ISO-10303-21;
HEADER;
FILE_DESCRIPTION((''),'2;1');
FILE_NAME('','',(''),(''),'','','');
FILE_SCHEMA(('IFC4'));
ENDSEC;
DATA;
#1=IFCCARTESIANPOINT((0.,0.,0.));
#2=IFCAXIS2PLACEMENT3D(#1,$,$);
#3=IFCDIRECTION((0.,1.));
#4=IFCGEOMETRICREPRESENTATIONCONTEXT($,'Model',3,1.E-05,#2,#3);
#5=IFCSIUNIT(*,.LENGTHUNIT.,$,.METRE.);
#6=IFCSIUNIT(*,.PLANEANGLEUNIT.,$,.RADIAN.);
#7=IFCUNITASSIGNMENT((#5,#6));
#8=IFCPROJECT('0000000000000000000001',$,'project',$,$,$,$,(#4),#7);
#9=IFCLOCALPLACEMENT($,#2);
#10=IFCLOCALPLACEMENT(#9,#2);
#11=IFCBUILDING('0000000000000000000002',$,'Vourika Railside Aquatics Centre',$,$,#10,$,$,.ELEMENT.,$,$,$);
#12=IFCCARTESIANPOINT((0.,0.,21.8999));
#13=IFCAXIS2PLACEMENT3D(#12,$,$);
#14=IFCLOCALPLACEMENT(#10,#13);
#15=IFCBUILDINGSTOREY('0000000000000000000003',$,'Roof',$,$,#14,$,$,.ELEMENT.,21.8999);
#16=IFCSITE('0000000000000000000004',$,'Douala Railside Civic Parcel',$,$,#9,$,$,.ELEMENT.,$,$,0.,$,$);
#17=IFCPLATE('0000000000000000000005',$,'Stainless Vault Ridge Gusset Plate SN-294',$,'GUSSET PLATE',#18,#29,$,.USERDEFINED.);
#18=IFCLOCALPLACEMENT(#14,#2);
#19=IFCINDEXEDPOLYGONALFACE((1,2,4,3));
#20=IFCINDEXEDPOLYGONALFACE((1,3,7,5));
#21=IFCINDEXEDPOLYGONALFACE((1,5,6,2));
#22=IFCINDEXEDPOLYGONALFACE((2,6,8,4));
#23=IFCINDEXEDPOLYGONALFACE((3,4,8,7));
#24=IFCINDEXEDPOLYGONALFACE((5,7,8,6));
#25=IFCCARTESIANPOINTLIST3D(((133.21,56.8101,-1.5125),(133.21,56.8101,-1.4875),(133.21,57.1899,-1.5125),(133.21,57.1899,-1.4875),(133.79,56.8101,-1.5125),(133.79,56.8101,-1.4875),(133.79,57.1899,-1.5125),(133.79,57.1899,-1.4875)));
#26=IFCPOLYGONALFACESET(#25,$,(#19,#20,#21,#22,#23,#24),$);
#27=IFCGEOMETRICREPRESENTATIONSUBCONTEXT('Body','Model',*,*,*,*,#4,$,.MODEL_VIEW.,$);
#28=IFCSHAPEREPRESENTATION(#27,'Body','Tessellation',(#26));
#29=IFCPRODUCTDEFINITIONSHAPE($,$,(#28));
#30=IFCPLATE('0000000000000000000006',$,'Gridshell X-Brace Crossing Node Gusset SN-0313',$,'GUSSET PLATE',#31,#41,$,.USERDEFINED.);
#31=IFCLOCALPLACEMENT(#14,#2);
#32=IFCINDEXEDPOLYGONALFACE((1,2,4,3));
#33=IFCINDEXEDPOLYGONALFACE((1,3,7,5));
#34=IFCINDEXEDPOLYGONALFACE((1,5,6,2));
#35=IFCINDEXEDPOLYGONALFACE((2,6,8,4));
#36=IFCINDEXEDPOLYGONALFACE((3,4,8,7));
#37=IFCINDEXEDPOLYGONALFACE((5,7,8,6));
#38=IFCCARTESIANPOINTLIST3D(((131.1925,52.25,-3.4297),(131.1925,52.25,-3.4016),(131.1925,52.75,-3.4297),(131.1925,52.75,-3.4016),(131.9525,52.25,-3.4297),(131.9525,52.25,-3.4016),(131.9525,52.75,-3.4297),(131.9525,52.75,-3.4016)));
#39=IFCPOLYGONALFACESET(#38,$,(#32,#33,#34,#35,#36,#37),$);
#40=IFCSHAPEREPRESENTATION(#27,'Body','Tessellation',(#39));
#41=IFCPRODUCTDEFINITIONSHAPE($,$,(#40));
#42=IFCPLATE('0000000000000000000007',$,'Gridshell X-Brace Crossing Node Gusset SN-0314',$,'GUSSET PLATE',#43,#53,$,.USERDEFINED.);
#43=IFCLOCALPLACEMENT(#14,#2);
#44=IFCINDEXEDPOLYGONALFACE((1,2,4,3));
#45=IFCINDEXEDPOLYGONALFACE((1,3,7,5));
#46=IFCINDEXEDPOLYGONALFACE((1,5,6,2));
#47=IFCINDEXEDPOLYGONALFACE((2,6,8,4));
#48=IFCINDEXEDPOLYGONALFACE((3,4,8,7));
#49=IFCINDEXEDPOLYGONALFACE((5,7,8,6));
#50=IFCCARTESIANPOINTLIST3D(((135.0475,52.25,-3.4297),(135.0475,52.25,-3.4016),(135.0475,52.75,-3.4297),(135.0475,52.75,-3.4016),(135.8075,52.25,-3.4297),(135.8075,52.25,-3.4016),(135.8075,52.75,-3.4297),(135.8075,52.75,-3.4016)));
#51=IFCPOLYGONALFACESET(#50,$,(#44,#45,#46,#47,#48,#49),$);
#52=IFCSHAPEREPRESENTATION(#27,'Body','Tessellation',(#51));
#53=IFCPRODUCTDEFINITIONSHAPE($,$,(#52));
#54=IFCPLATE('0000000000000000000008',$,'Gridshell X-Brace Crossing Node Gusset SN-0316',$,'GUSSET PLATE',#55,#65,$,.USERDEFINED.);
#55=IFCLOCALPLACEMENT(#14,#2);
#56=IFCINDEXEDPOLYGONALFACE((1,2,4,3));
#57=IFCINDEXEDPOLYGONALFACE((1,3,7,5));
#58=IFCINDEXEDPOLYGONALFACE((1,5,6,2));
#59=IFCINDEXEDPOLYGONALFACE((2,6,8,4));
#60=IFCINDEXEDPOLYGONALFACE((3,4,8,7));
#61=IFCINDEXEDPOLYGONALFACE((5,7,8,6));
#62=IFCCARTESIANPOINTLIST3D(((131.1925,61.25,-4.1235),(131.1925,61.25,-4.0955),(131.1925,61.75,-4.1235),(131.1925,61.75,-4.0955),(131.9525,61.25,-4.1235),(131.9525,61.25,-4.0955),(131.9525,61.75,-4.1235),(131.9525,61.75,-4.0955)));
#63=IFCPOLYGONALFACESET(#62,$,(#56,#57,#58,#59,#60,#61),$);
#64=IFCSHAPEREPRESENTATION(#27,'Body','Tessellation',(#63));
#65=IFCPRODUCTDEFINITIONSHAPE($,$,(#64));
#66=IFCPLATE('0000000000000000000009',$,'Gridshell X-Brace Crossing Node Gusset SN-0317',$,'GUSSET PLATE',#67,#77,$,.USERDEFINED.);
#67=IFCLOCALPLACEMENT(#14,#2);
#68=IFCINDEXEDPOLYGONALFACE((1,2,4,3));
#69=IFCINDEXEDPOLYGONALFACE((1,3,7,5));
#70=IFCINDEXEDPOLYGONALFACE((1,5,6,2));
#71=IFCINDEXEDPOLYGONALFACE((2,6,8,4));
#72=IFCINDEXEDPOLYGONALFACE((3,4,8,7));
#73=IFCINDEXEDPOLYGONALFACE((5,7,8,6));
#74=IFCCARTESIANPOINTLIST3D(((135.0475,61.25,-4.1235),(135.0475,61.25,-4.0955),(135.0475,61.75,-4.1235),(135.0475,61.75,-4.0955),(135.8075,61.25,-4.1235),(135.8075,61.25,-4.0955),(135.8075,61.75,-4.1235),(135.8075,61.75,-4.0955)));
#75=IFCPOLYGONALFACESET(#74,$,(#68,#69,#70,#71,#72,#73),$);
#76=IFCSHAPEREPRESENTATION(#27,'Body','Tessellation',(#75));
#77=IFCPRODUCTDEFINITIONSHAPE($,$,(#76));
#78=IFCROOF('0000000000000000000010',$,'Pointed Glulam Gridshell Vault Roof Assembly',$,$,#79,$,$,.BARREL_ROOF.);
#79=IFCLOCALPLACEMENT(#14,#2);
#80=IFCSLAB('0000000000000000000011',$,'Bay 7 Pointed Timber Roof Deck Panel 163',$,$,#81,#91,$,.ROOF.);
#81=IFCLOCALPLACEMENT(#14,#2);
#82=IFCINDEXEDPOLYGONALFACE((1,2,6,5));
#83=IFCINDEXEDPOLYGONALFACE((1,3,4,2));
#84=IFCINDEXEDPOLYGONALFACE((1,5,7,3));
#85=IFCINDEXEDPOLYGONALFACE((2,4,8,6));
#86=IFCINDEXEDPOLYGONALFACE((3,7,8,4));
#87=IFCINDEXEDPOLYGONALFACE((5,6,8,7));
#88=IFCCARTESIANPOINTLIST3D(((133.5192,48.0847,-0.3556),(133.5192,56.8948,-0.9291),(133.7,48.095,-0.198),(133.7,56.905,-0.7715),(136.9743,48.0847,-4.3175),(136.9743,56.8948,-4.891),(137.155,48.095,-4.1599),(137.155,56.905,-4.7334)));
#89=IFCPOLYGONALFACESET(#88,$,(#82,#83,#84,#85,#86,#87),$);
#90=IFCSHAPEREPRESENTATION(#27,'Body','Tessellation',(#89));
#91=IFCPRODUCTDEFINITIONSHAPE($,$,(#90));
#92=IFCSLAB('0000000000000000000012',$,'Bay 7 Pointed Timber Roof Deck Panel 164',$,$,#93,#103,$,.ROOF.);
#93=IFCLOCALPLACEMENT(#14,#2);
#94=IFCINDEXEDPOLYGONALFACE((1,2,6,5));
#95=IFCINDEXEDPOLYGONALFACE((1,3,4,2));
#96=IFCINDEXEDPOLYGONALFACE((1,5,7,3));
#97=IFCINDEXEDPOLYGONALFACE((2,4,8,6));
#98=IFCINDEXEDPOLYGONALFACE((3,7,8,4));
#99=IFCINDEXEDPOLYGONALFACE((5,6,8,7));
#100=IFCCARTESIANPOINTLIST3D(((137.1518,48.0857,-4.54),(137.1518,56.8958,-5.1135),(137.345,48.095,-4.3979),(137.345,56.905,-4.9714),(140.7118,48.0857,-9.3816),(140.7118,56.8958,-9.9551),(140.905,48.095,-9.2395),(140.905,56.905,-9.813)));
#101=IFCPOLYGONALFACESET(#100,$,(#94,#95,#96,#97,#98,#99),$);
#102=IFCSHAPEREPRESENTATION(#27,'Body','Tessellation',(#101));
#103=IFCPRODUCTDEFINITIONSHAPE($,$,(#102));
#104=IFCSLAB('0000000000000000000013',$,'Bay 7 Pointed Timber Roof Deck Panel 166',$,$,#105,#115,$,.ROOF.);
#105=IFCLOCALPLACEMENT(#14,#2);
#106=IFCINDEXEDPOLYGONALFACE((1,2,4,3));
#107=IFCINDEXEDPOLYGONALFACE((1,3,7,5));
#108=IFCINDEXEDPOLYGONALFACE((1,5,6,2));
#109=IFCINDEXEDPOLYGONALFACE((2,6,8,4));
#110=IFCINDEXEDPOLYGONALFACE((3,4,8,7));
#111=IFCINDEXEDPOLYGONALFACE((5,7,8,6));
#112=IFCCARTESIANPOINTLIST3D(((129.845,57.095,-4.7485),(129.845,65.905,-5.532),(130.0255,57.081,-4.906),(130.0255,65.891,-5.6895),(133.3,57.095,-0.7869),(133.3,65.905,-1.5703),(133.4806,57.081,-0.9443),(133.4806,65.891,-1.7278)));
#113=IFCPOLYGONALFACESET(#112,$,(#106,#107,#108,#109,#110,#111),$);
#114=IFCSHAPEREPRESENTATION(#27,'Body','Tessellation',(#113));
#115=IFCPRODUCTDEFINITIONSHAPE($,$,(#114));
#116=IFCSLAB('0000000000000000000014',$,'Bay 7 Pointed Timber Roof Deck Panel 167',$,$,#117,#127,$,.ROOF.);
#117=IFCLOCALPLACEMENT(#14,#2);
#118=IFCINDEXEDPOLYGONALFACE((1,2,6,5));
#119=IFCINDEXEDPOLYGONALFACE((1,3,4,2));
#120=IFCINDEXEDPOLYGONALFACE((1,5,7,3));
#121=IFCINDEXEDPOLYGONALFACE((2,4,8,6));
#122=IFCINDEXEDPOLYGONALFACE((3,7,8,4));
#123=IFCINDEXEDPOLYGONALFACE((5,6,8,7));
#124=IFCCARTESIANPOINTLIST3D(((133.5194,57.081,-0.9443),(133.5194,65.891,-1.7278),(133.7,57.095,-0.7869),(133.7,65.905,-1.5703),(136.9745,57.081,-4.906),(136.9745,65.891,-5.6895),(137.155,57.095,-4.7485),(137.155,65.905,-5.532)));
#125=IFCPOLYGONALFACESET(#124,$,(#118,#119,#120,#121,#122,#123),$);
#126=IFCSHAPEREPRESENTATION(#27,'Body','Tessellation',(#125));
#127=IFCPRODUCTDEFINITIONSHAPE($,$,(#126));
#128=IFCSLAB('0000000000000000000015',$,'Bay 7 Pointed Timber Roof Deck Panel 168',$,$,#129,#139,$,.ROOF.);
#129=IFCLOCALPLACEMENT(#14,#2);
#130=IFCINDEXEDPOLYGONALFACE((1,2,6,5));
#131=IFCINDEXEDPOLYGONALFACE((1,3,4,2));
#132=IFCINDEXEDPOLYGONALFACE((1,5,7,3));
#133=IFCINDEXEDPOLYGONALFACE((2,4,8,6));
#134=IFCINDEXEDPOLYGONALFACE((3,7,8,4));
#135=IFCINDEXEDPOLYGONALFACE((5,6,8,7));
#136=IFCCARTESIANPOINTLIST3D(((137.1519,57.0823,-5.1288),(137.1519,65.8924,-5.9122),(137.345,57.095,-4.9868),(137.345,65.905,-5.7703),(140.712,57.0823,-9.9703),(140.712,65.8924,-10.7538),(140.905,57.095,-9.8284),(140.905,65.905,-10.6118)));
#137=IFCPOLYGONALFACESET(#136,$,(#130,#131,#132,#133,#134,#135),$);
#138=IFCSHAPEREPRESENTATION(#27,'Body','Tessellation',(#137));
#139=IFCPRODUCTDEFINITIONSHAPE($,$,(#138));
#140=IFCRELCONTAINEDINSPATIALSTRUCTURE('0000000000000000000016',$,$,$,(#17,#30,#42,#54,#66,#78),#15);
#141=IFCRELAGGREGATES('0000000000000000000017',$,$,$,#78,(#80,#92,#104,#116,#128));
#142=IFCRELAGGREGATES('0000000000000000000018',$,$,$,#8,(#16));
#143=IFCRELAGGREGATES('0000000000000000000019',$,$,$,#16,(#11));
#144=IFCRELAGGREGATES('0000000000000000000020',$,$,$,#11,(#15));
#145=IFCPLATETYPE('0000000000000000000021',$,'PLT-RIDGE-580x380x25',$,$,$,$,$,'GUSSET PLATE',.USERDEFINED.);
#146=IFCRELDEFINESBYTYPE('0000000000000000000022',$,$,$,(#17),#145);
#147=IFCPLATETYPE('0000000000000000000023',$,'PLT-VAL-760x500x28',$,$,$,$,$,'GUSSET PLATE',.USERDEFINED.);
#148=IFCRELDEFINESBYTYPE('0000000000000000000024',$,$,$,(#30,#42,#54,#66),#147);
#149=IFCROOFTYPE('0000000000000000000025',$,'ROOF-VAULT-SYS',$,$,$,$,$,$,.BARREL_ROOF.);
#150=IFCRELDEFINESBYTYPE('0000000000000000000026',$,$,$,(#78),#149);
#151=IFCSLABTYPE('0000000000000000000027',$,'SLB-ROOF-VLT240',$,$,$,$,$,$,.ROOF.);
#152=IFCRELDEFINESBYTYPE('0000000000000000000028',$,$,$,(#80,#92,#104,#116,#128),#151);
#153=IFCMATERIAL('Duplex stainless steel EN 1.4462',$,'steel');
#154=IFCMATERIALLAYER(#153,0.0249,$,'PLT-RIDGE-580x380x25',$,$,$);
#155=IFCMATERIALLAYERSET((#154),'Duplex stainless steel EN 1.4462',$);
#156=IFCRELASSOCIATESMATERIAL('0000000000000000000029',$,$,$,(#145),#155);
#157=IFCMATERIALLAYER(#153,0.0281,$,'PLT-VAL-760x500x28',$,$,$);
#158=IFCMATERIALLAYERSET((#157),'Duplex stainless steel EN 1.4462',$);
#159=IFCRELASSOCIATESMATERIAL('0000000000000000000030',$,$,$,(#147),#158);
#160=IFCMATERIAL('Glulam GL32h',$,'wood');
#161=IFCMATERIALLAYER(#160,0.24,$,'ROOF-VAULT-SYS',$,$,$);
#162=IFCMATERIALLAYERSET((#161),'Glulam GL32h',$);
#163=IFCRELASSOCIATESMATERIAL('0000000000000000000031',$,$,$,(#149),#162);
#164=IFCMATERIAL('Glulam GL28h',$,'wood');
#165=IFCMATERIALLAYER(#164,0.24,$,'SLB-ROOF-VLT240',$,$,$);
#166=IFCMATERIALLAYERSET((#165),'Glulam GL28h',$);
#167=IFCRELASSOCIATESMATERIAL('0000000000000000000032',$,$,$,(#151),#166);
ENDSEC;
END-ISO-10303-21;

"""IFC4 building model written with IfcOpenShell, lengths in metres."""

from ifc_helpers import new_model, si_unit, direction, frame, origin, origin_2d, place, context, subcontext, project, spatial, polyline, rectangle, outline, extrude, material, layer, layer_set, type_object, element, aggregate, save


model = new_model("IFC4")

# Units and contexts
model_context = context("Model", 3, precision=1e-05, world=origin(), true_north=direction((0.0, 1.0)))
body_context = subcontext(model_context, "Body", "Model", "MODEL_VIEW")
ifc_project = project(units=[si_unit("LENGTHUNIT", "METRE"), si_unit("PLANEANGLEUNIT", "RADIAN")], contexts=[model_context])

# Site, building, storey
site_placement = place(None, origin())
site = spatial("IfcSite", under=ifc_project, at=site_placement, Name="Douala Railside Civic Parcel", CompositionType="ELEMENT", RefElevation=0.0)
building_placement = place(site_placement, origin())
building = spatial("IfcBuilding", under=site, at=building_placement, Name="Vourika Railside Aquatics Centre", CompositionType="ELEMENT")
storey_placement = place(building_placement, frame((0.0, 0.0, 21.8999)))
storey = spatial("IfcBuildingStorey", under=building, at=storey_placement, Name="Roof", CompositionType="ELEMENT", Elevation=21.8999)

# Shared definitions
ifc_material_1 = material(Name="Glulam GL32h", Category="wood")

# Shared definitions
ifc_material_2 = material(Name="Glulam GL28h", Category="wood")

# Plates
ifc_material_3 = material(Name="Duplex stainless steel EN 1.4462", Category="steel")
ifc_layer_1 = layer(ifc_material_3, 0.0249, Name="PLT-RIDGE-580x380x25")
ifc_layer_set_1 = layer_set([ifc_layer_1], Name="Duplex stainless steel EN 1.4462")
plate_type_1 = type_object("IfcPlateType", Name="PLT-RIDGE-580x380x25", ElementType="GUSSET PLATE", PredefinedType="USERDEFINED", material=ifc_layer_set_1)
plate_placement = place(storey_placement, frame((133.5, 57.0, -1.5125), z_axis=(0.0, 0.0, 1.0), x_axis=(1.0, 0.0, 0.0)))
element("IfcPlate", 1, at=plate_placement, inside=storey, type_object=plate_type_1, Name="Stainless Vault Ridge Gusset Plate SN-294", ObjectType="GUSSET PLATE", PredefinedType="USERDEFINED", context=body_context, shape_type="SweptSolid", body=[
    extrude(rectangle(XDim=0.5801, YDim=0.3799, at=origin_2d()), origin(), (0.0, 0.0, 1.0), 0.0249),
])
ifc_layer_2 = layer(ifc_material_3, 0.0281, Name="PLT-VAL-760x500x28")
ifc_layer_set_2 = layer_set([ifc_layer_2], Name="Duplex stainless steel EN 1.4462")
plate_type_2 = type_object("IfcPlateType", Name="PLT-VAL-760x500x28", ElementType="GUSSET PLATE", PredefinedType="USERDEFINED", material=ifc_layer_set_2)
for number, where, z_axis, x_axis, name in (
    (2, (131.5725, 52.5, -3.4297), (0.0, 0.0, 1.0), (1.0, 0.0, 0.0), "Gridshell X-Brace Crossing Node Gusset SN-0313"),
    (3, (135.4275, 52.5, -3.4297), (0.0, 0.0, 1.0), (1.0, 0.0, 0.0), "Gridshell X-Brace Crossing Node Gusset SN-0314"),
    (4, (131.5725, 61.5, -4.1235), (0.0, 0.0, 1.0), (1.0, 0.0, 0.0), "Gridshell X-Brace Crossing Node Gusset SN-0316"),
    (5, (135.4275, 61.5, -4.1235), (0.0, 0.0, 1.0), (1.0, 0.0, 0.0), "Gridshell X-Brace Crossing Node Gusset SN-0317"),
):
    element("IfcPlate", number, at=place(storey_placement, frame(where, z_axis=z_axis, x_axis=x_axis)), inside=storey, type_object=plate_type_2, Name=name, ObjectType="GUSSET PLATE", PredefinedType="USERDEFINED", context=body_context, shape_type="SweptSolid", body=[
        extrude(rectangle(XDim=0.76, YDim=0.5, at=origin_2d()), origin(), (0.0, 0.0, 1.0), 0.0281),
    ])

# Roof, slabs
ifc_layer_3 = layer(ifc_material_1, 0.24, Name="ROOF-VAULT-SYS")
ifc_layer_set_3 = layer_set([ifc_layer_3], Name="Glulam GL32h")
roof_type = type_object("IfcRoofType", Name="ROOF-VAULT-SYS", PredefinedType="BARREL_ROOF", material=ifc_layer_set_3)
roof_placement = place(storey_placement, origin())
roof = element("IfcRoof", 6, at=roof_placement, inside=storey, type_object=roof_type, Name="Pointed Glulam Gridshell Vault Roof Assembly", PredefinedType="BARREL_ROOF")
ifc_layer_4 = layer(ifc_material_2, 0.24, Name="SLB-ROOF-VLT240")
ifc_layer_set_4 = layer_set([ifc_layer_4], Name="Glulam GL28h")
slab_type = type_object("IfcSlabType", Name="SLB-ROOF-VLT240", PredefinedType="ROOF", material=ifc_layer_set_4)
slab_1_placement = place(storey_placement, frame((133.7, 48.095, -0.198), z_axis=(0.75298, 0.042745, 0.656654), x_axis=(0.657254, 0.0, -0.753669)))
slab_1 = element("IfcSlab", 7, at=slab_1_placement, type_object=slab_type, Name="Bay 7 Pointed Timber Roof Deck Panel 163", PredefinedType="ROOF", context=body_context, shape_type="SweptSolid", body=[
    extrude(outline(polyline([(0.0, 0.0), (5.2568, 0.0), (5.6891, 8.8181), (0.4322, 8.8181), (0.0, 0.0)])), origin(), (0.0, 0.0, -1.0), 0.24),
])
slab_2_placement = place(storey_placement, frame((137.345, 48.095, -4.3979), z_axis=(0.805045, 0.038533, 0.591961), x_axis=(0.592401, 0.0, -0.805644)))
slab_2 = element("IfcSlab", 8, at=slab_2_placement, type_object=slab_type, Name="Bay 7 Pointed Timber Roof Deck Panel 164", PredefinedType="ROOF", context=body_context, shape_type="SweptSolid", body=[
    extrude(outline(polyline([(0.0, 0.0), (6.0095, 0.0), (6.4716, 8.8166), (0.462, 8.8166), (0.0, 0.0)])), origin(), (0.0, 0.0, -1.0), 0.24),
])
slab_3_placement = place(storey_placement, frame((129.845, 57.095, -4.7485), z_axis=(-0.752365, 0.05835, 0.656157), x_axis=(0.657277, 0.0, 0.753649)))
slab_3 = element("IfcSlab", 9, at=slab_3_placement, type_object=slab_type, Name="Bay 7 Pointed Timber Roof Deck Panel 166", PredefinedType="ROOF", context=body_context, shape_type="SweptSolid", body=[
    extrude(outline(polyline([(0.0, 0.0), (5.2567, 0.0), (4.6662, 8.8251), (-0.5904, 8.8251), (0.0, 0.0)])), origin(), (0.0, 0.0, -1.0), 0.24),
])
slab_4_placement = place(storey_placement, frame((133.7, 57.095, -0.7869), z_axis=(0.752365, 0.05835, 0.656157), x_axis=(0.657277, 0.0, -0.753649)))
slab_4 = element("IfcSlab", 10, at=slab_4_placement, type_object=slab_type, Name="Bay 7 Pointed Timber Roof Deck Panel 167", PredefinedType="ROOF", context=body_context, shape_type="SweptSolid", body=[
    extrude(outline(polyline([(0.0, 0.0), (5.2567, 0.0), (5.8471, 8.8251), (0.5904, 8.8251), (0.0, 0.0)])), origin(), (0.0, 0.0, -1.0), 0.24),
])
slab_5_placement = place(storey_placement, frame((137.345, 57.095, -4.9868), z_axis=(0.804528, 0.052607, 0.59158), x_axis=(0.592401, 0.0, -0.805644)))
slab_5 = element("IfcSlab", 11, at=slab_5_placement, type_object=slab_type, Name="Bay 7 Pointed Timber Roof Deck Panel 168", PredefinedType="ROOF", context=body_context, shape_type="SweptSolid", body=[
    extrude(outline(polyline([(0.0, 0.0), (6.0095, 0.0), (6.6407, 8.8223), (0.6312, 8.8223), (0.0, 0.0)])), origin(), (0.0, 0.0, -1.0), 0.24),
])
aggregate(roof, [slab_1, slab_2, slab_3, slab_4, slab_5])

save(model, "model.ifc")
